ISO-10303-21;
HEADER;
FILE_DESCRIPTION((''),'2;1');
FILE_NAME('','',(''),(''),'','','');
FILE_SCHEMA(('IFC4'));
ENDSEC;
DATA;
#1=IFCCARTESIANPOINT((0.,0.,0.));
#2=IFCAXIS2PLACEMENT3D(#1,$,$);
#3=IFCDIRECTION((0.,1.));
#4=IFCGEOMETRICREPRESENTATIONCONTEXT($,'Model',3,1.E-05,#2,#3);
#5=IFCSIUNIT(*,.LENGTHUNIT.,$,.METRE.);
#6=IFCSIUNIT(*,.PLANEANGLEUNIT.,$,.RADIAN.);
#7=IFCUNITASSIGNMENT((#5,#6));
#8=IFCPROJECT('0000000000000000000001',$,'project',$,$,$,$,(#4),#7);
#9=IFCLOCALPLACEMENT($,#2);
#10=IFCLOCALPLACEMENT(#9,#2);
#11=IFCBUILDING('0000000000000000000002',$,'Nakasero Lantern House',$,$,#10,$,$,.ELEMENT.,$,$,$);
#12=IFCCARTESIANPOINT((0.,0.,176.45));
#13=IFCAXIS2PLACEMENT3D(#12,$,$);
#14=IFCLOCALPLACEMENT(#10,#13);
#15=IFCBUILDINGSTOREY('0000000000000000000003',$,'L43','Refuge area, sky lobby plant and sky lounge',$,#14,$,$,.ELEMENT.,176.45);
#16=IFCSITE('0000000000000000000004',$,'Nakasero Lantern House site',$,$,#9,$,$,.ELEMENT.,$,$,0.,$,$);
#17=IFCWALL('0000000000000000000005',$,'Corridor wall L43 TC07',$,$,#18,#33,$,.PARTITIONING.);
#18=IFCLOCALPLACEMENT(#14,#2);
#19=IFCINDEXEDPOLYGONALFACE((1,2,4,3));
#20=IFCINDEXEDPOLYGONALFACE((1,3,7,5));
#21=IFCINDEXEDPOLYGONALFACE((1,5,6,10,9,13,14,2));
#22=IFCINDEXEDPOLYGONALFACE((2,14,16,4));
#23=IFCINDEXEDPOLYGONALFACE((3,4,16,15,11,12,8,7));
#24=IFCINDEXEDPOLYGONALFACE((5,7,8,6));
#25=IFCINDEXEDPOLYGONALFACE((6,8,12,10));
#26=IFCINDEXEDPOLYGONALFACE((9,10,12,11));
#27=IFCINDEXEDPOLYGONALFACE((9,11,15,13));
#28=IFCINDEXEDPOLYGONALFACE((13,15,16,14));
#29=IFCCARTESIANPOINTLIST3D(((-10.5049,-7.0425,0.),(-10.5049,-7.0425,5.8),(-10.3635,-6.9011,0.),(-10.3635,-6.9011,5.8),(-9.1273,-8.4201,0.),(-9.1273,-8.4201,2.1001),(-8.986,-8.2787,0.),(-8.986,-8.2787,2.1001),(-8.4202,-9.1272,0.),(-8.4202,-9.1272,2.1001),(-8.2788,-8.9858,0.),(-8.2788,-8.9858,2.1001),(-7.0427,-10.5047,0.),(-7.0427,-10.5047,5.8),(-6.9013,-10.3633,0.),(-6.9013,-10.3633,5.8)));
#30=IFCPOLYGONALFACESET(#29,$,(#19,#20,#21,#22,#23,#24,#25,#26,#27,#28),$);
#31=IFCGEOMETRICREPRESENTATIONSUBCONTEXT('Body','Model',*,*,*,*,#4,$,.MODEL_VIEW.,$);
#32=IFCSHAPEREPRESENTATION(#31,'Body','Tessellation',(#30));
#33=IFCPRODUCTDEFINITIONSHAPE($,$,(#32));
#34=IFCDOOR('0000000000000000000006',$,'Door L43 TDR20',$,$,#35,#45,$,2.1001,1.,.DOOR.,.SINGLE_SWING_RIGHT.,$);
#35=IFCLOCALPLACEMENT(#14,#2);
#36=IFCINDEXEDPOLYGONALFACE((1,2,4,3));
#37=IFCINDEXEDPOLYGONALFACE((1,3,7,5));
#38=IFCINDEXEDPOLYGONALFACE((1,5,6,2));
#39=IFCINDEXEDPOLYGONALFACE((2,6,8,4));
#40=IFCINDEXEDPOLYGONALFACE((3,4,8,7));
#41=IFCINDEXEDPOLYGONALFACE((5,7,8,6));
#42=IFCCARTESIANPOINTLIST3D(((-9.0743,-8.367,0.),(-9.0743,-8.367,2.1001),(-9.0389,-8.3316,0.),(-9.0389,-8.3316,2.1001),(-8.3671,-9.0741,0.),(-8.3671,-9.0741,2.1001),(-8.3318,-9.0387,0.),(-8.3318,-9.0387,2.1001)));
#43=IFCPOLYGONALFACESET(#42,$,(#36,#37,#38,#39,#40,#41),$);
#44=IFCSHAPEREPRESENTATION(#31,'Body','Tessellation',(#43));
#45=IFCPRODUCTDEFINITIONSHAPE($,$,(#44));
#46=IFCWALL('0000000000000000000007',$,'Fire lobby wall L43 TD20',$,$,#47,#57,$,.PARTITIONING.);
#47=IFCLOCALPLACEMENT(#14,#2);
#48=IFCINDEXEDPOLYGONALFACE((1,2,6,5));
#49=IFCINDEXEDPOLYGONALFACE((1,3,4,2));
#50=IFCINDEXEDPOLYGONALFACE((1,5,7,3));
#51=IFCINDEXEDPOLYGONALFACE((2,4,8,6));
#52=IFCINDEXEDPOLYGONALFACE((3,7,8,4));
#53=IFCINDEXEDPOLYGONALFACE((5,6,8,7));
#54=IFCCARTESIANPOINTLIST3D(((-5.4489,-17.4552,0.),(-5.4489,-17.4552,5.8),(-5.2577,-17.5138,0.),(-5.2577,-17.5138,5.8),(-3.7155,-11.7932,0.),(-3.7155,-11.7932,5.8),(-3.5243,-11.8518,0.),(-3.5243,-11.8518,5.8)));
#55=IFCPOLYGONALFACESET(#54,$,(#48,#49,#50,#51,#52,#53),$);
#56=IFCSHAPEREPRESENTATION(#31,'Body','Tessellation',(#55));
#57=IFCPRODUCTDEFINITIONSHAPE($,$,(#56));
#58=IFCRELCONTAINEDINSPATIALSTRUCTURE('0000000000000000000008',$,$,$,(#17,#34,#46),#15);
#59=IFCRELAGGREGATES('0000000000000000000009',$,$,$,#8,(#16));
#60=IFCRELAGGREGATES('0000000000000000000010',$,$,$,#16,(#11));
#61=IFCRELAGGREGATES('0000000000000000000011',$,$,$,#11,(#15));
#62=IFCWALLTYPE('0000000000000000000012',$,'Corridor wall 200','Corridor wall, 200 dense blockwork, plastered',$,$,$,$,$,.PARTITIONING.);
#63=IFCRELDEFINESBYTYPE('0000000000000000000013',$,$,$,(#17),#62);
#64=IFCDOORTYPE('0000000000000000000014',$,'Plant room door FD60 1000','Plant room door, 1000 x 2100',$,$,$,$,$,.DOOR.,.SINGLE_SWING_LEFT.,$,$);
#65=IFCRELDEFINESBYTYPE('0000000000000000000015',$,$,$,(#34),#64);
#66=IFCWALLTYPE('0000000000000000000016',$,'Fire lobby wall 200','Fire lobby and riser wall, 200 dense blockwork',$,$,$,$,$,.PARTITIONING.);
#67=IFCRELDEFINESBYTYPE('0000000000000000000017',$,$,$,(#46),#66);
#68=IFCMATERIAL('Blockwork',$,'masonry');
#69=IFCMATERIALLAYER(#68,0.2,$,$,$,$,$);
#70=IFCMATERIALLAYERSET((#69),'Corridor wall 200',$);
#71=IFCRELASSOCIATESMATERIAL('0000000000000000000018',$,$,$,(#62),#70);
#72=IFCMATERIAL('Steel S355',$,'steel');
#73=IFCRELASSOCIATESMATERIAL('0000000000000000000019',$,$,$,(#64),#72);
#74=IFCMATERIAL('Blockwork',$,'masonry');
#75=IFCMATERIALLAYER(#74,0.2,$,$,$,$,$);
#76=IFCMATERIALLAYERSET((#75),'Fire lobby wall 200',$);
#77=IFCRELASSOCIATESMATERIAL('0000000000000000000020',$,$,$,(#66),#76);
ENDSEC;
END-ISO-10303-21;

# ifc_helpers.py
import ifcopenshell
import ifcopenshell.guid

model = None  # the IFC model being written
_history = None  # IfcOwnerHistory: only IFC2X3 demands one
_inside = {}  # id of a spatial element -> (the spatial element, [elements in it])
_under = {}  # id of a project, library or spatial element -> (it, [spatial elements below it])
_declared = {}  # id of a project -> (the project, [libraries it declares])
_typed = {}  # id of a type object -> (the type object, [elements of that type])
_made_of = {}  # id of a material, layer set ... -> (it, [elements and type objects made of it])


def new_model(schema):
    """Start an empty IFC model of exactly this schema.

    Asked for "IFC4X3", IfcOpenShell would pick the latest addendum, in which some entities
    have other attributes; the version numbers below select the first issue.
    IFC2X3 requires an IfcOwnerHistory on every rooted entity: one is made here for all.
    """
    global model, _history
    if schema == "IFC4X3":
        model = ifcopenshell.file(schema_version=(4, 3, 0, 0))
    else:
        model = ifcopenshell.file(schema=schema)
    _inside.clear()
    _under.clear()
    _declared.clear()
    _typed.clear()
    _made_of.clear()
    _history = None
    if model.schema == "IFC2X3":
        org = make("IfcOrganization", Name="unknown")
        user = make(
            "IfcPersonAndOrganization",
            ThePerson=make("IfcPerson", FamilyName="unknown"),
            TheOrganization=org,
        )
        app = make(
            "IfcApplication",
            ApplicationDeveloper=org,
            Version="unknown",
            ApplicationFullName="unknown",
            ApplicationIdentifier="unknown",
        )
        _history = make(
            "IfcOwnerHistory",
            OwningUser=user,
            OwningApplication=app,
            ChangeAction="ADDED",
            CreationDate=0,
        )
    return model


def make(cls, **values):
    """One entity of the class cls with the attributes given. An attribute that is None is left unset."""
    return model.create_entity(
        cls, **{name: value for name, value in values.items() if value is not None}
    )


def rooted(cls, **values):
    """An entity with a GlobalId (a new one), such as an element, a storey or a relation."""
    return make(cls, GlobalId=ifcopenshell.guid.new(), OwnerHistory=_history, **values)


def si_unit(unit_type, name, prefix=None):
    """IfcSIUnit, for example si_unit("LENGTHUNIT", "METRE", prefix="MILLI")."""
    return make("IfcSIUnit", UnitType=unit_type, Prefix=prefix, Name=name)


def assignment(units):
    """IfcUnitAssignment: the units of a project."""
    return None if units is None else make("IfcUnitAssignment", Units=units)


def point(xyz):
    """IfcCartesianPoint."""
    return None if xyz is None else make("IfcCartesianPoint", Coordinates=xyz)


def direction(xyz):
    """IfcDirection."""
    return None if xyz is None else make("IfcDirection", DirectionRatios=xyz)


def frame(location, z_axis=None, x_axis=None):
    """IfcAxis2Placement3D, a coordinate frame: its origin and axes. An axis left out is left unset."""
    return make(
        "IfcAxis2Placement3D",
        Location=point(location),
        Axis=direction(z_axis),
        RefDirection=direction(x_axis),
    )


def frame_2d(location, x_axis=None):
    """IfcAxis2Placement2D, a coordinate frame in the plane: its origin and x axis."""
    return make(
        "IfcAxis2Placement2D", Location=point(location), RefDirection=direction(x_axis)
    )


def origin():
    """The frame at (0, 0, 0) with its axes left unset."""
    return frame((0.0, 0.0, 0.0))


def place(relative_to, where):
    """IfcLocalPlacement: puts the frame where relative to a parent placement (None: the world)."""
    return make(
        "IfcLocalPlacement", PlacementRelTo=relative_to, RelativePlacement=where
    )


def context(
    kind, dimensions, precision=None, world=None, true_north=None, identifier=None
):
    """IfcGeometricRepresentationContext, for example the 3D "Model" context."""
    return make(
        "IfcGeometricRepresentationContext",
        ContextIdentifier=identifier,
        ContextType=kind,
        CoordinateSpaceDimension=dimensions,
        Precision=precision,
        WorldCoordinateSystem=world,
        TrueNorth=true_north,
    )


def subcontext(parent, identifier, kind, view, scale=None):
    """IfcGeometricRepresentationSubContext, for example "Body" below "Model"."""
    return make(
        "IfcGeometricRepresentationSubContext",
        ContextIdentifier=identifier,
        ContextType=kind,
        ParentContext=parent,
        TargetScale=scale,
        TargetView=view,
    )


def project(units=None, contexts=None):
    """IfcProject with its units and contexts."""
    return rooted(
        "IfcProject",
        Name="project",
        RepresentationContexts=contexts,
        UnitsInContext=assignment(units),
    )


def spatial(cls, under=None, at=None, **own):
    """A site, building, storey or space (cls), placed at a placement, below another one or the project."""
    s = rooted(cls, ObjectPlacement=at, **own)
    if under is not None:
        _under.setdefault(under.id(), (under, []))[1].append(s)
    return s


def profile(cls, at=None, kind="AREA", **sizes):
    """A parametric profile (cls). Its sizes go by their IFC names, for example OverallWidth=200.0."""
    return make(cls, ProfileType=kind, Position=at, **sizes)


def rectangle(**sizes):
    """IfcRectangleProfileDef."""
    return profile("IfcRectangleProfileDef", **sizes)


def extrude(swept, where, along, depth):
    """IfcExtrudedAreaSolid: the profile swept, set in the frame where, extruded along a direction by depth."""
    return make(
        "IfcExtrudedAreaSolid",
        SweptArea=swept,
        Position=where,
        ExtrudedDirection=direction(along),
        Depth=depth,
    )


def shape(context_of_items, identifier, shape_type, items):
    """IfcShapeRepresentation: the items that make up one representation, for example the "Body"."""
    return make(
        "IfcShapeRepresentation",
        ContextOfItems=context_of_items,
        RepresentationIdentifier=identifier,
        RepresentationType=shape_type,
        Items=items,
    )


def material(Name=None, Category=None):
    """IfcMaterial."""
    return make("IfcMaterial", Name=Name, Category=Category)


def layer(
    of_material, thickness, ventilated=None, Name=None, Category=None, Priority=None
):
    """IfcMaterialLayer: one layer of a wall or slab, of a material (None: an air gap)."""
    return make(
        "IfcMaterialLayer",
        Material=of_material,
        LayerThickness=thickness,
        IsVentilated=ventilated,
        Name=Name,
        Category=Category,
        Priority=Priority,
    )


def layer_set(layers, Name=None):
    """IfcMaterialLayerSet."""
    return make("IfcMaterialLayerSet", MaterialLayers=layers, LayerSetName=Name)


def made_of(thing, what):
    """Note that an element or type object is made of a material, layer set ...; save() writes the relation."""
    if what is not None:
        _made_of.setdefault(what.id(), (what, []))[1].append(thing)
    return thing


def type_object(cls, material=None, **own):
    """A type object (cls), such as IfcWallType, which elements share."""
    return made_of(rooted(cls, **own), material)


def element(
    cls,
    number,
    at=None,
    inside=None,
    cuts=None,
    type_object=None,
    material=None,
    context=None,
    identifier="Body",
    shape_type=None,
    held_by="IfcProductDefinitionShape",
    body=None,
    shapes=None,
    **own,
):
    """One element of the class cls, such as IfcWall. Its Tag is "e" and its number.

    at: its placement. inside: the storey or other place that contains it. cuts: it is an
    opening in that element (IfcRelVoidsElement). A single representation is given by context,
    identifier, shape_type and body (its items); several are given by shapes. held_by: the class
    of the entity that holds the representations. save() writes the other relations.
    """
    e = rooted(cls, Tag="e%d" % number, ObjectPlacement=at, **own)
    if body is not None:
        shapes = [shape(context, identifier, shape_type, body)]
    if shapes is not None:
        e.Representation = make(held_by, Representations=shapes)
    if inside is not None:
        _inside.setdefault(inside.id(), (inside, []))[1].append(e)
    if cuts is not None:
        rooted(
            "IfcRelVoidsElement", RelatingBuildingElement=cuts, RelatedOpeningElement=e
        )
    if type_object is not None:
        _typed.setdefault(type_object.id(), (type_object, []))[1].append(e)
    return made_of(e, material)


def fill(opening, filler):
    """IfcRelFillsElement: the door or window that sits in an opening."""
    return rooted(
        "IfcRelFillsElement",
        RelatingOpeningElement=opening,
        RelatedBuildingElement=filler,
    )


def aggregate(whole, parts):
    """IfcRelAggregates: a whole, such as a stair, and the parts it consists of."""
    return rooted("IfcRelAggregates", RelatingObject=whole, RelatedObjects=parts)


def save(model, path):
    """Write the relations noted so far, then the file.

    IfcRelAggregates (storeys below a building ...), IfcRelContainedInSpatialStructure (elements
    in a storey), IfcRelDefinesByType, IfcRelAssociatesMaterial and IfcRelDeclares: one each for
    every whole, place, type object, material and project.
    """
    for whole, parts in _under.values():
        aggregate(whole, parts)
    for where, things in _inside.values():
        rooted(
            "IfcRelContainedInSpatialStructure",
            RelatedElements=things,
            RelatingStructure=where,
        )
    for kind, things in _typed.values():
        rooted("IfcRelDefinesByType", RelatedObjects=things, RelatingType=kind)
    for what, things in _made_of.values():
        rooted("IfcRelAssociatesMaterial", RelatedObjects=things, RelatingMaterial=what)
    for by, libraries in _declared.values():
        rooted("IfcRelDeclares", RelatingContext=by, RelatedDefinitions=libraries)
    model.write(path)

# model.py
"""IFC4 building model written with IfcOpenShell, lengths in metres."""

from ifc_helpers import new_model, si_unit, direction, frame, frame_2d, origin, place, context, subcontext, project, spatial, rectangle, extrude, material, layer, layer_set, type_object, element, fill, save


model = new_model("IFC4")

# Units and contexts
model_context = context("Model", 3, precision=1e-05, world=origin(), true_north=direction((0.0, 1.0)))
body_context = subcontext(model_context, "Body", "Model", "MODEL_VIEW")
ifc_project = project(units=[si_unit("LENGTHUNIT", "METRE"), si_unit("PLANEANGLEUNIT", "RADIAN")], contexts=[model_context])

# Site, building, storey
site_placement = place(None, origin())
site = spatial("IfcSite", under=ifc_project, at=site_placement, Name="Nakasero Lantern House site", CompositionType="ELEMENT", RefElevation=0.0)
building_placement = place(site_placement, origin())
building = spatial("IfcBuilding", under=site, at=building_placement, Name="Nakasero Lantern House", CompositionType="ELEMENT")
storey_placement = place(building_placement, frame((0.0, 0.0, 176.45)))
storey = spatial("IfcBuildingStorey", under=building, at=storey_placement, Name="L43", Description="Refuge area, sky lobby plant and sky lounge", CompositionType="ELEMENT", Elevation=176.45)

# Shared definitions
ifc_material_1 = material(Name="Blockwork", Category="masonry")
ifc_layer_1 = layer(ifc_material_1, 0.2)
ifc_layer_set_1 = layer_set([ifc_layer_1], Name="Corridor wall 200")
wall_type_1 = type_object("IfcWallType", Name="Corridor wall 200", Description="Corridor wall, 200 dense blockwork, plastered", PredefinedType="PARTITIONING", material=ifc_layer_set_1)

# Wall, opening, door
wall_1_placement = place(storey_placement, frame((-6.9719, -10.4341, 0.0), z_axis=(0.0, 0.0, 1.0), x_axis=(-0.707107, 0.707107, 0.0)))
wall_1 = element("IfcWall", 1, at=wall_1_placement, inside=storey, type_object=wall_type_1, Name="Corridor wall L43 TC07", PredefinedType="PARTITIONING", context=body_context, shape_type="SweptSolid", body=[
    extrude(rectangle(XDim=4.8962, YDim=0.2, at=frame_2d((2.4482, 0.0))), origin(), (0.0, 0.0, 1.0), 5.8),
])
opening_placement = place(wall_1_placement, frame((1.9482, 0.0, 0.0)))
opening = element("IfcOpeningElement", 2, at=opening_placement, cuts=wall_1, PredefinedType="OPENING", context=body_context, shape_type="SweptSolid", body=[
    extrude(rectangle(XDim=1.0, YDim=2.1001, at=frame_2d((0.5, 1.05))), frame((0.0, 0.1199, 0.0), z_axis=(0.0, -1.0, 0.0), x_axis=(1.0, 0.0, 0.0)), (0.0, 0.0, 1.0), 0.24),
])
ifc_material_2 = material(Name="Steel S355", Category="steel")
door_type = type_object("IfcDoorType", Name="Plant room door FD60 1000", Description="Plant room door, 1000 x 2100", OperationType="SINGLE_SWING_LEFT", PredefinedType="DOOR", material=ifc_material_2)
door_placement = place(opening_placement, origin())
door = element("IfcDoor", 3, at=door_placement, inside=storey, type_object=door_type, Name="Door L43 TDR20", OperationType="SINGLE_SWING_RIGHT", OverallHeight=2.1001, OverallWidth=1.0, PredefinedType="DOOR", context=body_context, shape_type="SweptSolid", body=[
    extrude(rectangle(XDim=1.0, YDim=2.1001, at=frame_2d((0.5, 1.05))), frame((0.0, 0.0249, 0.0), z_axis=(0.0, -1.0, 0.0), x_axis=(1.0, 0.0, 0.0)), (0.0, 0.0, 1.0), 0.05),
])
fill(opening, door)

# Wall
ifc_material_3 = material(Name="Blockwork", Category="masonry")
ifc_layer_2 = layer(ifc_material_3, 0.2)
ifc_layer_set_2 = layer_set([ifc_layer_2], Name="Fire lobby wall 200")
wall_type_2 = type_object("IfcWallType", Name="Fire lobby wall 200", Description="Fire lobby and riser wall, 200 dense blockwork", PredefinedType="PARTITIONING", material=ifc_layer_set_2)
wall_2_placement = place(storey_placement, frame((-3.6199, -11.8225, 0.0), z_axis=(0.0, 0.0, 1.0), x_axis=(-0.292741, -0.956192, 0.0)))
element("IfcWall", 4, at=wall_2_placement, inside=storey, type_object=wall_type_2, Name="Fire lobby wall L43 TD20", PredefinedType="PARTITIONING", context=body_context, shape_type="SweptSolid", body=[
    extrude(rectangle(XDim=5.9214, YDim=0.2, at=frame_2d((2.9607, 0.0))), origin(), (0.0, 0.0, 1.0), 5.8),
])

save(model, "model.ifc")
